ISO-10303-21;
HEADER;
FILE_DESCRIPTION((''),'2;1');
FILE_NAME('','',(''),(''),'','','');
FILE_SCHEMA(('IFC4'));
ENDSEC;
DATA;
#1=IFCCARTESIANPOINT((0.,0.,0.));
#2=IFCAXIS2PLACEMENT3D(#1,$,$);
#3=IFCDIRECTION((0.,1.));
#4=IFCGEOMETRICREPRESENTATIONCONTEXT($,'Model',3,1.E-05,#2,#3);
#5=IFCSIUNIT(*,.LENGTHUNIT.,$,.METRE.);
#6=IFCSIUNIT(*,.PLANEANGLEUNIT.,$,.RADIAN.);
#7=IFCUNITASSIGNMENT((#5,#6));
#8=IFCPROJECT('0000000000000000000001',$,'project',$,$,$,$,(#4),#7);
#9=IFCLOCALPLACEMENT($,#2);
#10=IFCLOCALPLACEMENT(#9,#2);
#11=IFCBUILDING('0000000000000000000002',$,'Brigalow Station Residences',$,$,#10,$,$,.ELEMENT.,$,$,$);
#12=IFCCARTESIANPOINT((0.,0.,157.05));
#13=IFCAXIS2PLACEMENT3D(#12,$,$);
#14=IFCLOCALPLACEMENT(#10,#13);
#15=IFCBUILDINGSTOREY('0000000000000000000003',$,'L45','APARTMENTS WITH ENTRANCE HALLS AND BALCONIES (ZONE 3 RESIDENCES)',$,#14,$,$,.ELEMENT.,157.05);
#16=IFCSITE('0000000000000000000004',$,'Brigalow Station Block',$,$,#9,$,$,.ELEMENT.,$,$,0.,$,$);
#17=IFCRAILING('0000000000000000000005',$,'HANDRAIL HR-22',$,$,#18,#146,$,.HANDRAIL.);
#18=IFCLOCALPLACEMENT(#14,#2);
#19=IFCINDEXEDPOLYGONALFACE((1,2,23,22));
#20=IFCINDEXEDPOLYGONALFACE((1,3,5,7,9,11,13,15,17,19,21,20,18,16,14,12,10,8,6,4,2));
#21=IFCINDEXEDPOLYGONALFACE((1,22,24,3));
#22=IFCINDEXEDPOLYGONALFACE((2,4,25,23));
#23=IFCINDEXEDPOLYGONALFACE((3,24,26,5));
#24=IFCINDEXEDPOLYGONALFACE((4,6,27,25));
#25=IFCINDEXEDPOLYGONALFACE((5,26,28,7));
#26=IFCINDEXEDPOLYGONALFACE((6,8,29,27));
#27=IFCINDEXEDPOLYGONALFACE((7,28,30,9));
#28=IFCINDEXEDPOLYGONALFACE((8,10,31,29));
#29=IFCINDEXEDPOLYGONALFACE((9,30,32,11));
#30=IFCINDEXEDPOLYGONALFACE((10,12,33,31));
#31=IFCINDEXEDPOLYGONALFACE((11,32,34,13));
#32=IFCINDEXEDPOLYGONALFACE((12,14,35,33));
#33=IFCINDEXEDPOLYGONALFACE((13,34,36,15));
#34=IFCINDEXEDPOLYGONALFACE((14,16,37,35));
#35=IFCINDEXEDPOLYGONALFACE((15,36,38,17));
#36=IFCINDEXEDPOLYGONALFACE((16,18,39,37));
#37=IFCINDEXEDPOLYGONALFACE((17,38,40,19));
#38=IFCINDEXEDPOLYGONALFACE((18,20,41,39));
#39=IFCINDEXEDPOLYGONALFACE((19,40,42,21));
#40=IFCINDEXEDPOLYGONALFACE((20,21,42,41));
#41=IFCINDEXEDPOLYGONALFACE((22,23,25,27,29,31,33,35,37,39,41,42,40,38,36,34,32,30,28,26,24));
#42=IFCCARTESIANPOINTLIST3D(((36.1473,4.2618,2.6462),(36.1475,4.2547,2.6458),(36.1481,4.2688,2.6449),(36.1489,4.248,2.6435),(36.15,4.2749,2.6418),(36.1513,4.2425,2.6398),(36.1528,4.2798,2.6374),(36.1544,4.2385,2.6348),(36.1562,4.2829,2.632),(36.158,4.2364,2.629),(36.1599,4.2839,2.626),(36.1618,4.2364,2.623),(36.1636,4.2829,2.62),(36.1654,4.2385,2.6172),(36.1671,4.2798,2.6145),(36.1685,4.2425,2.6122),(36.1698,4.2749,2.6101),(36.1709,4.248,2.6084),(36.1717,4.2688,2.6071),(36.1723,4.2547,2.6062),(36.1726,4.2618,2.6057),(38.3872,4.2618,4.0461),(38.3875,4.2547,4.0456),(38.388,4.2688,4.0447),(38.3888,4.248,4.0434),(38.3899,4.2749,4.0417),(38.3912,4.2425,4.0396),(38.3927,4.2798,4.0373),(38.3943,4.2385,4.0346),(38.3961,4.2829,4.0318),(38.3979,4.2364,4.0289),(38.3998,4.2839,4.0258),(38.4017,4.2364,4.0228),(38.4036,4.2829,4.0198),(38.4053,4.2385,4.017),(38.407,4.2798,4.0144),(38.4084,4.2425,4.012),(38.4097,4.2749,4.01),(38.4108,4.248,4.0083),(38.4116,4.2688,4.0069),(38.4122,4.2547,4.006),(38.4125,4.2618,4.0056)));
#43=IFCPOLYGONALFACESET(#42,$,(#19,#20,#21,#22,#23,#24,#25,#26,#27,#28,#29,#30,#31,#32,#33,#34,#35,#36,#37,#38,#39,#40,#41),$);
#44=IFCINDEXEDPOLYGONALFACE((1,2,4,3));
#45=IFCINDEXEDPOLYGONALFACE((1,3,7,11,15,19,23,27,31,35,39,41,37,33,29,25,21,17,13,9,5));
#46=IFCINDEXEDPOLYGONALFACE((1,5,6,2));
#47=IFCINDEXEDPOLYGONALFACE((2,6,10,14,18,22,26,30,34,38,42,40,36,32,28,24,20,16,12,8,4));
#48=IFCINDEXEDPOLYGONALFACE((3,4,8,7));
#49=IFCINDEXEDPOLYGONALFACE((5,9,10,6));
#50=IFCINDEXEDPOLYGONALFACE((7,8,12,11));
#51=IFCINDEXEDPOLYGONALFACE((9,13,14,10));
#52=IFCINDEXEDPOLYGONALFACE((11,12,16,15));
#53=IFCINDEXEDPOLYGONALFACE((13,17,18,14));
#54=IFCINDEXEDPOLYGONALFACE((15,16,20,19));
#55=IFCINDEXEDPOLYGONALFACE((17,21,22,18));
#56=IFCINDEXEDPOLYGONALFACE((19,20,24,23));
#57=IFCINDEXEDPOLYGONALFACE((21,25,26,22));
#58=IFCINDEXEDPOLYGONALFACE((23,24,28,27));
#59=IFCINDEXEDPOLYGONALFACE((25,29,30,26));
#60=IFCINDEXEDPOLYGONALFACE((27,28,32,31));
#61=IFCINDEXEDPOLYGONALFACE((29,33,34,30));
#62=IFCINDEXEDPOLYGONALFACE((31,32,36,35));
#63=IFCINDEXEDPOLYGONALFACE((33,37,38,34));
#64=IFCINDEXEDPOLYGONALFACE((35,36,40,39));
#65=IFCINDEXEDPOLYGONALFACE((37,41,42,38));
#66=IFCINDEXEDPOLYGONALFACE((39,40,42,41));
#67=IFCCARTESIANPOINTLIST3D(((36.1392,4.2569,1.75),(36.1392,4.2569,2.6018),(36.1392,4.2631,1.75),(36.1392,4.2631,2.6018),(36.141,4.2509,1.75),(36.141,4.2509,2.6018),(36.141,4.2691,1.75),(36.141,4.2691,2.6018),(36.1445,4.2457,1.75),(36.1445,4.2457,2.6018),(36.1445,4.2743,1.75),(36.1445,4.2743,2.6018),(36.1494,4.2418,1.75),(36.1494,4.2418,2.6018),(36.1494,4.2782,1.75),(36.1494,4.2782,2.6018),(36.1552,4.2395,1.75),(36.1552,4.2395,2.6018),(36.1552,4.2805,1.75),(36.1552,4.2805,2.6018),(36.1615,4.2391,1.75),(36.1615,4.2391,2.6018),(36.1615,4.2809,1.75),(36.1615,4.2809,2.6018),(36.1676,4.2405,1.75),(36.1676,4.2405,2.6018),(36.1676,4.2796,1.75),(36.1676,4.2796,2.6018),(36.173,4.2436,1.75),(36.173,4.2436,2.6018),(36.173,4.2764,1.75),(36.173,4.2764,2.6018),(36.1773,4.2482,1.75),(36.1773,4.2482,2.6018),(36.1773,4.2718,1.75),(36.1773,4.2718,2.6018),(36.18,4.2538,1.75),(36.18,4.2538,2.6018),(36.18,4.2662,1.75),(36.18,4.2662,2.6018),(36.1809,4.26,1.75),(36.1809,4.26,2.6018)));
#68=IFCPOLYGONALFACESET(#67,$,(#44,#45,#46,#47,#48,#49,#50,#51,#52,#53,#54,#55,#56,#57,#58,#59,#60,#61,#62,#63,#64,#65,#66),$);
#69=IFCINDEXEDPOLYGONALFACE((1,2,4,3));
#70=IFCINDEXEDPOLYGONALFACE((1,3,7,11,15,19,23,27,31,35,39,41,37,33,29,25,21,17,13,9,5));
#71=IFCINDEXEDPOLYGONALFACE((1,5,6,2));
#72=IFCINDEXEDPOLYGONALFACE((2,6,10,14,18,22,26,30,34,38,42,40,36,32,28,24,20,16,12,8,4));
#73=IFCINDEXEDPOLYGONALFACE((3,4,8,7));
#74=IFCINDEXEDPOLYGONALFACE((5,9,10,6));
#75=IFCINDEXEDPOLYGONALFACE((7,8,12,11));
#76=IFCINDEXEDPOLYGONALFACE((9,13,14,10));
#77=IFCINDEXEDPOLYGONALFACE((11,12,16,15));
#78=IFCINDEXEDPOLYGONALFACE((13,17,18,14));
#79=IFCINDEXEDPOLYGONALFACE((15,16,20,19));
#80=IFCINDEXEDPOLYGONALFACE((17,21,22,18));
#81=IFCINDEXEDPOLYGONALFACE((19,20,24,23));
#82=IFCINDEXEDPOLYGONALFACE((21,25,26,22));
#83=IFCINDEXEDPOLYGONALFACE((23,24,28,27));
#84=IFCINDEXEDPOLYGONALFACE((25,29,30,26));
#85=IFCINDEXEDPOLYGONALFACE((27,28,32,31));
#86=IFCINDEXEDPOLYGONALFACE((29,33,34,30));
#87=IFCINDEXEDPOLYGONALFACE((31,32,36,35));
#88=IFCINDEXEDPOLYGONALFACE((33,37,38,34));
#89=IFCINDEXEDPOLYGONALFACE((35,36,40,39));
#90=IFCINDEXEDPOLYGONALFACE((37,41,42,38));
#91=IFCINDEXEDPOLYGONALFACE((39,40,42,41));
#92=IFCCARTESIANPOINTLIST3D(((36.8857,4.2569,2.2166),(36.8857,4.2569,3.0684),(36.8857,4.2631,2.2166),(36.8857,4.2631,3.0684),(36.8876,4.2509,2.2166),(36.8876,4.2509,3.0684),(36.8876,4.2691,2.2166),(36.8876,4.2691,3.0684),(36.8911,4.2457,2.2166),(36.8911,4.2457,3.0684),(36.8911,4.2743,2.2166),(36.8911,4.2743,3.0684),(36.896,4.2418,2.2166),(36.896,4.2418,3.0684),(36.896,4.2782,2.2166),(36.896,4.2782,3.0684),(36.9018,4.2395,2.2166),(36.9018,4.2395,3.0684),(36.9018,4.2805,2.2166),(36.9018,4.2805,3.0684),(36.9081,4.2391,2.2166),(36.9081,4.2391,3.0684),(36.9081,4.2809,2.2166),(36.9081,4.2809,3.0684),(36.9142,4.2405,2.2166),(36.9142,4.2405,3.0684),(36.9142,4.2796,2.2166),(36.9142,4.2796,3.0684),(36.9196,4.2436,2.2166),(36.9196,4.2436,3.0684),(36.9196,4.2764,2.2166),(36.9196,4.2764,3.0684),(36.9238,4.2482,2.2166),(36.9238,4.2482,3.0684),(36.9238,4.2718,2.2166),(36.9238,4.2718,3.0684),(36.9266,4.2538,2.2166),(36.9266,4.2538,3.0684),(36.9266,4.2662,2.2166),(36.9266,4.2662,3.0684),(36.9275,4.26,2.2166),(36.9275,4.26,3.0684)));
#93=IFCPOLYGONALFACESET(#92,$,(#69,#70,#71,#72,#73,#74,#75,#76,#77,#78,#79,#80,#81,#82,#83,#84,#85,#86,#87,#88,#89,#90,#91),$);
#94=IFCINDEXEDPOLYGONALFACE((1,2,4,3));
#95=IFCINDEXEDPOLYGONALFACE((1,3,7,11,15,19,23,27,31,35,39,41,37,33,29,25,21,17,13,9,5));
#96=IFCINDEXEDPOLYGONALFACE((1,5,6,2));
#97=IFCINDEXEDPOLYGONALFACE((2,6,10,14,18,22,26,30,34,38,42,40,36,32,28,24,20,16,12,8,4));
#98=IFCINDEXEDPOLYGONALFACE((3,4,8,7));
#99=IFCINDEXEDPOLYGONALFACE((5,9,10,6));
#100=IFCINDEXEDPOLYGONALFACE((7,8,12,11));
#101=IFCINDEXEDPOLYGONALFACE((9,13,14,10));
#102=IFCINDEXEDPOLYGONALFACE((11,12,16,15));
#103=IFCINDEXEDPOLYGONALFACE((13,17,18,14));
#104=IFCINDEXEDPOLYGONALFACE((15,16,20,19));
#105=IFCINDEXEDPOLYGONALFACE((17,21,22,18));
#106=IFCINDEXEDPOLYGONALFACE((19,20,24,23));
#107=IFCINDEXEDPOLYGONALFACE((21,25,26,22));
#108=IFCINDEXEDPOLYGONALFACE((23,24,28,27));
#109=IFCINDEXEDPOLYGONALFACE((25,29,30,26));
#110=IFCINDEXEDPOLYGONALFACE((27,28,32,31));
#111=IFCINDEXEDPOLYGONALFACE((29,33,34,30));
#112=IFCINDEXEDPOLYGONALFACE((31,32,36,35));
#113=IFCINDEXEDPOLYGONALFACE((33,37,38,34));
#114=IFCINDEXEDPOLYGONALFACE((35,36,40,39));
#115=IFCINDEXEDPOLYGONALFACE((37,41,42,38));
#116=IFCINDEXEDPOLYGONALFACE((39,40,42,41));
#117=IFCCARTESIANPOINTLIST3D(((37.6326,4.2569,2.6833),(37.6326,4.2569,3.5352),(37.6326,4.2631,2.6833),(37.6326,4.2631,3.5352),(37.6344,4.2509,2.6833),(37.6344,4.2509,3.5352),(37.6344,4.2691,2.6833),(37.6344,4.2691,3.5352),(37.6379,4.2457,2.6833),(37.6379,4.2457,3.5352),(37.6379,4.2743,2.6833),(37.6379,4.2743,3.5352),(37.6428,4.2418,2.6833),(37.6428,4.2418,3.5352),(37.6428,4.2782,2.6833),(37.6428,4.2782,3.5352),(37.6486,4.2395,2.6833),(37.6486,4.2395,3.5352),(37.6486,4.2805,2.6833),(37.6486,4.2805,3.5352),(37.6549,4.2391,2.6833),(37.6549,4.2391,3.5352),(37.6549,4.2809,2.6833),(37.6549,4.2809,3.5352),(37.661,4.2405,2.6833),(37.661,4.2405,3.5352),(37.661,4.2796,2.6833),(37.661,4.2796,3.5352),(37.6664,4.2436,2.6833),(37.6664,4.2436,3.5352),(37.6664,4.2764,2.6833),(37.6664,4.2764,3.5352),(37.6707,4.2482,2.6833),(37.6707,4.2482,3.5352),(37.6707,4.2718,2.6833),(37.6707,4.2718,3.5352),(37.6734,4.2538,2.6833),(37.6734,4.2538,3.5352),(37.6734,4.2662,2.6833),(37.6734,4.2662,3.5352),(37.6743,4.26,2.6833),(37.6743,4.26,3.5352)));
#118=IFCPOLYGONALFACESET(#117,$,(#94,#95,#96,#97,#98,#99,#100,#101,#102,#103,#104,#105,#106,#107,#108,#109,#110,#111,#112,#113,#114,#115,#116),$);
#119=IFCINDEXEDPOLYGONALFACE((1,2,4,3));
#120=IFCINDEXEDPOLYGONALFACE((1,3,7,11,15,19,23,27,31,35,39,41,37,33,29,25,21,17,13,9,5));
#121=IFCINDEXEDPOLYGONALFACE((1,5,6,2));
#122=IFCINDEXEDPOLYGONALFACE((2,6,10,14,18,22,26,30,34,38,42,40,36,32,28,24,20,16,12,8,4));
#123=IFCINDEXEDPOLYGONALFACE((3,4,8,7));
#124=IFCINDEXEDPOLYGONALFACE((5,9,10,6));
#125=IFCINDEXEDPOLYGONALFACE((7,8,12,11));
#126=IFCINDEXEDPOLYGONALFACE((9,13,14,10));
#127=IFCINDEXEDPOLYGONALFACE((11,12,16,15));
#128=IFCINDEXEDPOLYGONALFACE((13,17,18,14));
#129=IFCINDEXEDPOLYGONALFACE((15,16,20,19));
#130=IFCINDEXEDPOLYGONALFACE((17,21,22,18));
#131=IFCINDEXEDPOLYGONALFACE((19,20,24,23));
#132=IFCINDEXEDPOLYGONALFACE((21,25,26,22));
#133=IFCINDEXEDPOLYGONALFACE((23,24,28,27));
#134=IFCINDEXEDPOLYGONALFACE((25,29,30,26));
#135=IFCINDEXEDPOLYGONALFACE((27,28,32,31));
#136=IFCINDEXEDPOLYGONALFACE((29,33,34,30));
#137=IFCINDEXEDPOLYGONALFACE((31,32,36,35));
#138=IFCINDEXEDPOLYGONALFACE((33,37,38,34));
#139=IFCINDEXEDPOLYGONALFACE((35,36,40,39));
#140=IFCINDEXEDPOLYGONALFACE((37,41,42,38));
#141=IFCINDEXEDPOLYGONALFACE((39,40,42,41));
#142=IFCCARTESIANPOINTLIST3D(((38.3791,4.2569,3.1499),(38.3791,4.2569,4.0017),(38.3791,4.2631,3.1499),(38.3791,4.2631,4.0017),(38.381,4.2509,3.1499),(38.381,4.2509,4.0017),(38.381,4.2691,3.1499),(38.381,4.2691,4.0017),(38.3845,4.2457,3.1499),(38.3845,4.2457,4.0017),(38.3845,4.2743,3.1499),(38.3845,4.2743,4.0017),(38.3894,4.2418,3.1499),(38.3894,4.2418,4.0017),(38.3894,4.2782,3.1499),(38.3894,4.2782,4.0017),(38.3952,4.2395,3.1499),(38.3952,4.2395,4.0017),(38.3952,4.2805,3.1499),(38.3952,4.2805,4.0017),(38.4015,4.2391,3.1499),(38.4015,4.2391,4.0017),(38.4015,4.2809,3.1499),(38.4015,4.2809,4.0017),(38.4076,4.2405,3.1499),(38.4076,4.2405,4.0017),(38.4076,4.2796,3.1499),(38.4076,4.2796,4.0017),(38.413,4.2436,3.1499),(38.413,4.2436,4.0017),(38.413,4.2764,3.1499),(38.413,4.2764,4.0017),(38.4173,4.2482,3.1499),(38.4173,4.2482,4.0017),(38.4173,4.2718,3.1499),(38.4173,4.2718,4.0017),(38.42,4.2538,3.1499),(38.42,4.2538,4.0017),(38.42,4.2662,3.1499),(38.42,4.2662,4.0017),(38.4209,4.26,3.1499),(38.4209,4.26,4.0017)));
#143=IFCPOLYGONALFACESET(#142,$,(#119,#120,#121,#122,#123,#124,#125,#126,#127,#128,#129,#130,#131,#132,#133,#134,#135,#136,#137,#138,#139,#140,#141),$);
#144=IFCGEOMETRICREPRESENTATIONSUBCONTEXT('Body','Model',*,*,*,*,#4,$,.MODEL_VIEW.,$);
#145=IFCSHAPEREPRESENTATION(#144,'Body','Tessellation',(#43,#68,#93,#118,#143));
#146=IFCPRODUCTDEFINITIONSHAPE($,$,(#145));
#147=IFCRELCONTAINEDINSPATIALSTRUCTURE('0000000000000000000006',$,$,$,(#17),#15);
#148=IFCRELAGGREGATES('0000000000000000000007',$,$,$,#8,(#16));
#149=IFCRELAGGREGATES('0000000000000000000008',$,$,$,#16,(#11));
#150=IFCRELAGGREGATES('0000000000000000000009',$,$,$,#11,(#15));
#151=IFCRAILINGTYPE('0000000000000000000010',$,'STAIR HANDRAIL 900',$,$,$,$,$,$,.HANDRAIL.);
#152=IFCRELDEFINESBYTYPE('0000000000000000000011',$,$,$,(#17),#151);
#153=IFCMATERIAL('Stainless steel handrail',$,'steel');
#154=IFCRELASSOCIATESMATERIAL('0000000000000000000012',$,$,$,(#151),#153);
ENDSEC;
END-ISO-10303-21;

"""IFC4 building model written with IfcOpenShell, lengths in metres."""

from ifc_helpers import new_model, si_unit, direction, frame, origin, origin_2d, place, context, subcontext, project, spatial, circle, extrude, material, type_object, element, save


model = new_model("IFC4")

# Units and contexts
model_context = context("Model", 3, precision=1e-05, world=origin(), true_north=direction((0.0, 1.0)))
body_context = subcontext(model_context, "Body", "Model", "MODEL_VIEW")
ifc_project = project(units=[si_unit("LENGTHUNIT", "METRE"), si_unit("PLANEANGLEUNIT", "RADIAN")], contexts=[model_context])

# Site, building, storey
site_placement = place(None, origin())
site = spatial("IfcSite", under=ifc_project, at=site_placement, Name="Brigalow Station Block", CompositionType="ELEMENT", RefElevation=0.0)
building_placement = place(site_placement, origin())
building = spatial("IfcBuilding", under=site, at=building_placement, Name="Brigalow Station Residences", CompositionType="ELEMENT")
storey_placement = place(building_placement, frame((0.0, 0.0, 157.05)))
storey = spatial("IfcBuildingStorey", under=building, at=storey_placement, Name="L45", Description="APARTMENTS WITH ENTRANCE HALLS AND BALCONIES (ZONE 3 RESIDENCES)", CompositionType="ELEMENT", Elevation=157.05)

# Railing
ifc_material_1 = material(Name="Stainless steel handrail", Category="steel")
railing_type_1 = type_object("IfcRailingType", Name="STAIR HANDRAIL 900", PredefinedType="HANDRAIL", material=ifc_material_1)
railing_1_placement = place(storey_placement, frame((36.1599, 4.26, 1.75)))
element("IfcRailing", 1, at=railing_1_placement, inside=storey, type_object=railing_type_1, Name="HANDRAIL HR-22", PredefinedType="HANDRAIL", context=body_context, shape_type="SweptSolid", body=[
    extrude(circle(Radius=0.0239, at=origin_2d()), frame((0.0, 0.0, 0.876), z_axis=(0.848014, 0.0, 0.529974), x_axis=(0.0, 1.0, 0.0)), (0.0, 0.0, 1.0), 2.6414),
    extrude(circle(Radius=0.021, at=origin_2d()), origin(), (0.0, 0.0, 1.0), 0.8518),
    extrude(circle(Radius=0.021, at=origin_2d()), frame((0.7466, 0.0, 0.4666)), (0.0, 0.0, 1.0), 0.8518),
    extrude(circle(Radius=0.021, at=origin_2d()), frame((1.4934, 0.0, 0.9333)), (0.0, 0.0, 1.0), 0.8518),
    extrude(circle(Radius=0.021, at=origin_2d()), frame((2.24, 0.0, 1.3999)), (0.0, 0.0, 1.0), 0.8518),
])

save(model, "model.ifc")
